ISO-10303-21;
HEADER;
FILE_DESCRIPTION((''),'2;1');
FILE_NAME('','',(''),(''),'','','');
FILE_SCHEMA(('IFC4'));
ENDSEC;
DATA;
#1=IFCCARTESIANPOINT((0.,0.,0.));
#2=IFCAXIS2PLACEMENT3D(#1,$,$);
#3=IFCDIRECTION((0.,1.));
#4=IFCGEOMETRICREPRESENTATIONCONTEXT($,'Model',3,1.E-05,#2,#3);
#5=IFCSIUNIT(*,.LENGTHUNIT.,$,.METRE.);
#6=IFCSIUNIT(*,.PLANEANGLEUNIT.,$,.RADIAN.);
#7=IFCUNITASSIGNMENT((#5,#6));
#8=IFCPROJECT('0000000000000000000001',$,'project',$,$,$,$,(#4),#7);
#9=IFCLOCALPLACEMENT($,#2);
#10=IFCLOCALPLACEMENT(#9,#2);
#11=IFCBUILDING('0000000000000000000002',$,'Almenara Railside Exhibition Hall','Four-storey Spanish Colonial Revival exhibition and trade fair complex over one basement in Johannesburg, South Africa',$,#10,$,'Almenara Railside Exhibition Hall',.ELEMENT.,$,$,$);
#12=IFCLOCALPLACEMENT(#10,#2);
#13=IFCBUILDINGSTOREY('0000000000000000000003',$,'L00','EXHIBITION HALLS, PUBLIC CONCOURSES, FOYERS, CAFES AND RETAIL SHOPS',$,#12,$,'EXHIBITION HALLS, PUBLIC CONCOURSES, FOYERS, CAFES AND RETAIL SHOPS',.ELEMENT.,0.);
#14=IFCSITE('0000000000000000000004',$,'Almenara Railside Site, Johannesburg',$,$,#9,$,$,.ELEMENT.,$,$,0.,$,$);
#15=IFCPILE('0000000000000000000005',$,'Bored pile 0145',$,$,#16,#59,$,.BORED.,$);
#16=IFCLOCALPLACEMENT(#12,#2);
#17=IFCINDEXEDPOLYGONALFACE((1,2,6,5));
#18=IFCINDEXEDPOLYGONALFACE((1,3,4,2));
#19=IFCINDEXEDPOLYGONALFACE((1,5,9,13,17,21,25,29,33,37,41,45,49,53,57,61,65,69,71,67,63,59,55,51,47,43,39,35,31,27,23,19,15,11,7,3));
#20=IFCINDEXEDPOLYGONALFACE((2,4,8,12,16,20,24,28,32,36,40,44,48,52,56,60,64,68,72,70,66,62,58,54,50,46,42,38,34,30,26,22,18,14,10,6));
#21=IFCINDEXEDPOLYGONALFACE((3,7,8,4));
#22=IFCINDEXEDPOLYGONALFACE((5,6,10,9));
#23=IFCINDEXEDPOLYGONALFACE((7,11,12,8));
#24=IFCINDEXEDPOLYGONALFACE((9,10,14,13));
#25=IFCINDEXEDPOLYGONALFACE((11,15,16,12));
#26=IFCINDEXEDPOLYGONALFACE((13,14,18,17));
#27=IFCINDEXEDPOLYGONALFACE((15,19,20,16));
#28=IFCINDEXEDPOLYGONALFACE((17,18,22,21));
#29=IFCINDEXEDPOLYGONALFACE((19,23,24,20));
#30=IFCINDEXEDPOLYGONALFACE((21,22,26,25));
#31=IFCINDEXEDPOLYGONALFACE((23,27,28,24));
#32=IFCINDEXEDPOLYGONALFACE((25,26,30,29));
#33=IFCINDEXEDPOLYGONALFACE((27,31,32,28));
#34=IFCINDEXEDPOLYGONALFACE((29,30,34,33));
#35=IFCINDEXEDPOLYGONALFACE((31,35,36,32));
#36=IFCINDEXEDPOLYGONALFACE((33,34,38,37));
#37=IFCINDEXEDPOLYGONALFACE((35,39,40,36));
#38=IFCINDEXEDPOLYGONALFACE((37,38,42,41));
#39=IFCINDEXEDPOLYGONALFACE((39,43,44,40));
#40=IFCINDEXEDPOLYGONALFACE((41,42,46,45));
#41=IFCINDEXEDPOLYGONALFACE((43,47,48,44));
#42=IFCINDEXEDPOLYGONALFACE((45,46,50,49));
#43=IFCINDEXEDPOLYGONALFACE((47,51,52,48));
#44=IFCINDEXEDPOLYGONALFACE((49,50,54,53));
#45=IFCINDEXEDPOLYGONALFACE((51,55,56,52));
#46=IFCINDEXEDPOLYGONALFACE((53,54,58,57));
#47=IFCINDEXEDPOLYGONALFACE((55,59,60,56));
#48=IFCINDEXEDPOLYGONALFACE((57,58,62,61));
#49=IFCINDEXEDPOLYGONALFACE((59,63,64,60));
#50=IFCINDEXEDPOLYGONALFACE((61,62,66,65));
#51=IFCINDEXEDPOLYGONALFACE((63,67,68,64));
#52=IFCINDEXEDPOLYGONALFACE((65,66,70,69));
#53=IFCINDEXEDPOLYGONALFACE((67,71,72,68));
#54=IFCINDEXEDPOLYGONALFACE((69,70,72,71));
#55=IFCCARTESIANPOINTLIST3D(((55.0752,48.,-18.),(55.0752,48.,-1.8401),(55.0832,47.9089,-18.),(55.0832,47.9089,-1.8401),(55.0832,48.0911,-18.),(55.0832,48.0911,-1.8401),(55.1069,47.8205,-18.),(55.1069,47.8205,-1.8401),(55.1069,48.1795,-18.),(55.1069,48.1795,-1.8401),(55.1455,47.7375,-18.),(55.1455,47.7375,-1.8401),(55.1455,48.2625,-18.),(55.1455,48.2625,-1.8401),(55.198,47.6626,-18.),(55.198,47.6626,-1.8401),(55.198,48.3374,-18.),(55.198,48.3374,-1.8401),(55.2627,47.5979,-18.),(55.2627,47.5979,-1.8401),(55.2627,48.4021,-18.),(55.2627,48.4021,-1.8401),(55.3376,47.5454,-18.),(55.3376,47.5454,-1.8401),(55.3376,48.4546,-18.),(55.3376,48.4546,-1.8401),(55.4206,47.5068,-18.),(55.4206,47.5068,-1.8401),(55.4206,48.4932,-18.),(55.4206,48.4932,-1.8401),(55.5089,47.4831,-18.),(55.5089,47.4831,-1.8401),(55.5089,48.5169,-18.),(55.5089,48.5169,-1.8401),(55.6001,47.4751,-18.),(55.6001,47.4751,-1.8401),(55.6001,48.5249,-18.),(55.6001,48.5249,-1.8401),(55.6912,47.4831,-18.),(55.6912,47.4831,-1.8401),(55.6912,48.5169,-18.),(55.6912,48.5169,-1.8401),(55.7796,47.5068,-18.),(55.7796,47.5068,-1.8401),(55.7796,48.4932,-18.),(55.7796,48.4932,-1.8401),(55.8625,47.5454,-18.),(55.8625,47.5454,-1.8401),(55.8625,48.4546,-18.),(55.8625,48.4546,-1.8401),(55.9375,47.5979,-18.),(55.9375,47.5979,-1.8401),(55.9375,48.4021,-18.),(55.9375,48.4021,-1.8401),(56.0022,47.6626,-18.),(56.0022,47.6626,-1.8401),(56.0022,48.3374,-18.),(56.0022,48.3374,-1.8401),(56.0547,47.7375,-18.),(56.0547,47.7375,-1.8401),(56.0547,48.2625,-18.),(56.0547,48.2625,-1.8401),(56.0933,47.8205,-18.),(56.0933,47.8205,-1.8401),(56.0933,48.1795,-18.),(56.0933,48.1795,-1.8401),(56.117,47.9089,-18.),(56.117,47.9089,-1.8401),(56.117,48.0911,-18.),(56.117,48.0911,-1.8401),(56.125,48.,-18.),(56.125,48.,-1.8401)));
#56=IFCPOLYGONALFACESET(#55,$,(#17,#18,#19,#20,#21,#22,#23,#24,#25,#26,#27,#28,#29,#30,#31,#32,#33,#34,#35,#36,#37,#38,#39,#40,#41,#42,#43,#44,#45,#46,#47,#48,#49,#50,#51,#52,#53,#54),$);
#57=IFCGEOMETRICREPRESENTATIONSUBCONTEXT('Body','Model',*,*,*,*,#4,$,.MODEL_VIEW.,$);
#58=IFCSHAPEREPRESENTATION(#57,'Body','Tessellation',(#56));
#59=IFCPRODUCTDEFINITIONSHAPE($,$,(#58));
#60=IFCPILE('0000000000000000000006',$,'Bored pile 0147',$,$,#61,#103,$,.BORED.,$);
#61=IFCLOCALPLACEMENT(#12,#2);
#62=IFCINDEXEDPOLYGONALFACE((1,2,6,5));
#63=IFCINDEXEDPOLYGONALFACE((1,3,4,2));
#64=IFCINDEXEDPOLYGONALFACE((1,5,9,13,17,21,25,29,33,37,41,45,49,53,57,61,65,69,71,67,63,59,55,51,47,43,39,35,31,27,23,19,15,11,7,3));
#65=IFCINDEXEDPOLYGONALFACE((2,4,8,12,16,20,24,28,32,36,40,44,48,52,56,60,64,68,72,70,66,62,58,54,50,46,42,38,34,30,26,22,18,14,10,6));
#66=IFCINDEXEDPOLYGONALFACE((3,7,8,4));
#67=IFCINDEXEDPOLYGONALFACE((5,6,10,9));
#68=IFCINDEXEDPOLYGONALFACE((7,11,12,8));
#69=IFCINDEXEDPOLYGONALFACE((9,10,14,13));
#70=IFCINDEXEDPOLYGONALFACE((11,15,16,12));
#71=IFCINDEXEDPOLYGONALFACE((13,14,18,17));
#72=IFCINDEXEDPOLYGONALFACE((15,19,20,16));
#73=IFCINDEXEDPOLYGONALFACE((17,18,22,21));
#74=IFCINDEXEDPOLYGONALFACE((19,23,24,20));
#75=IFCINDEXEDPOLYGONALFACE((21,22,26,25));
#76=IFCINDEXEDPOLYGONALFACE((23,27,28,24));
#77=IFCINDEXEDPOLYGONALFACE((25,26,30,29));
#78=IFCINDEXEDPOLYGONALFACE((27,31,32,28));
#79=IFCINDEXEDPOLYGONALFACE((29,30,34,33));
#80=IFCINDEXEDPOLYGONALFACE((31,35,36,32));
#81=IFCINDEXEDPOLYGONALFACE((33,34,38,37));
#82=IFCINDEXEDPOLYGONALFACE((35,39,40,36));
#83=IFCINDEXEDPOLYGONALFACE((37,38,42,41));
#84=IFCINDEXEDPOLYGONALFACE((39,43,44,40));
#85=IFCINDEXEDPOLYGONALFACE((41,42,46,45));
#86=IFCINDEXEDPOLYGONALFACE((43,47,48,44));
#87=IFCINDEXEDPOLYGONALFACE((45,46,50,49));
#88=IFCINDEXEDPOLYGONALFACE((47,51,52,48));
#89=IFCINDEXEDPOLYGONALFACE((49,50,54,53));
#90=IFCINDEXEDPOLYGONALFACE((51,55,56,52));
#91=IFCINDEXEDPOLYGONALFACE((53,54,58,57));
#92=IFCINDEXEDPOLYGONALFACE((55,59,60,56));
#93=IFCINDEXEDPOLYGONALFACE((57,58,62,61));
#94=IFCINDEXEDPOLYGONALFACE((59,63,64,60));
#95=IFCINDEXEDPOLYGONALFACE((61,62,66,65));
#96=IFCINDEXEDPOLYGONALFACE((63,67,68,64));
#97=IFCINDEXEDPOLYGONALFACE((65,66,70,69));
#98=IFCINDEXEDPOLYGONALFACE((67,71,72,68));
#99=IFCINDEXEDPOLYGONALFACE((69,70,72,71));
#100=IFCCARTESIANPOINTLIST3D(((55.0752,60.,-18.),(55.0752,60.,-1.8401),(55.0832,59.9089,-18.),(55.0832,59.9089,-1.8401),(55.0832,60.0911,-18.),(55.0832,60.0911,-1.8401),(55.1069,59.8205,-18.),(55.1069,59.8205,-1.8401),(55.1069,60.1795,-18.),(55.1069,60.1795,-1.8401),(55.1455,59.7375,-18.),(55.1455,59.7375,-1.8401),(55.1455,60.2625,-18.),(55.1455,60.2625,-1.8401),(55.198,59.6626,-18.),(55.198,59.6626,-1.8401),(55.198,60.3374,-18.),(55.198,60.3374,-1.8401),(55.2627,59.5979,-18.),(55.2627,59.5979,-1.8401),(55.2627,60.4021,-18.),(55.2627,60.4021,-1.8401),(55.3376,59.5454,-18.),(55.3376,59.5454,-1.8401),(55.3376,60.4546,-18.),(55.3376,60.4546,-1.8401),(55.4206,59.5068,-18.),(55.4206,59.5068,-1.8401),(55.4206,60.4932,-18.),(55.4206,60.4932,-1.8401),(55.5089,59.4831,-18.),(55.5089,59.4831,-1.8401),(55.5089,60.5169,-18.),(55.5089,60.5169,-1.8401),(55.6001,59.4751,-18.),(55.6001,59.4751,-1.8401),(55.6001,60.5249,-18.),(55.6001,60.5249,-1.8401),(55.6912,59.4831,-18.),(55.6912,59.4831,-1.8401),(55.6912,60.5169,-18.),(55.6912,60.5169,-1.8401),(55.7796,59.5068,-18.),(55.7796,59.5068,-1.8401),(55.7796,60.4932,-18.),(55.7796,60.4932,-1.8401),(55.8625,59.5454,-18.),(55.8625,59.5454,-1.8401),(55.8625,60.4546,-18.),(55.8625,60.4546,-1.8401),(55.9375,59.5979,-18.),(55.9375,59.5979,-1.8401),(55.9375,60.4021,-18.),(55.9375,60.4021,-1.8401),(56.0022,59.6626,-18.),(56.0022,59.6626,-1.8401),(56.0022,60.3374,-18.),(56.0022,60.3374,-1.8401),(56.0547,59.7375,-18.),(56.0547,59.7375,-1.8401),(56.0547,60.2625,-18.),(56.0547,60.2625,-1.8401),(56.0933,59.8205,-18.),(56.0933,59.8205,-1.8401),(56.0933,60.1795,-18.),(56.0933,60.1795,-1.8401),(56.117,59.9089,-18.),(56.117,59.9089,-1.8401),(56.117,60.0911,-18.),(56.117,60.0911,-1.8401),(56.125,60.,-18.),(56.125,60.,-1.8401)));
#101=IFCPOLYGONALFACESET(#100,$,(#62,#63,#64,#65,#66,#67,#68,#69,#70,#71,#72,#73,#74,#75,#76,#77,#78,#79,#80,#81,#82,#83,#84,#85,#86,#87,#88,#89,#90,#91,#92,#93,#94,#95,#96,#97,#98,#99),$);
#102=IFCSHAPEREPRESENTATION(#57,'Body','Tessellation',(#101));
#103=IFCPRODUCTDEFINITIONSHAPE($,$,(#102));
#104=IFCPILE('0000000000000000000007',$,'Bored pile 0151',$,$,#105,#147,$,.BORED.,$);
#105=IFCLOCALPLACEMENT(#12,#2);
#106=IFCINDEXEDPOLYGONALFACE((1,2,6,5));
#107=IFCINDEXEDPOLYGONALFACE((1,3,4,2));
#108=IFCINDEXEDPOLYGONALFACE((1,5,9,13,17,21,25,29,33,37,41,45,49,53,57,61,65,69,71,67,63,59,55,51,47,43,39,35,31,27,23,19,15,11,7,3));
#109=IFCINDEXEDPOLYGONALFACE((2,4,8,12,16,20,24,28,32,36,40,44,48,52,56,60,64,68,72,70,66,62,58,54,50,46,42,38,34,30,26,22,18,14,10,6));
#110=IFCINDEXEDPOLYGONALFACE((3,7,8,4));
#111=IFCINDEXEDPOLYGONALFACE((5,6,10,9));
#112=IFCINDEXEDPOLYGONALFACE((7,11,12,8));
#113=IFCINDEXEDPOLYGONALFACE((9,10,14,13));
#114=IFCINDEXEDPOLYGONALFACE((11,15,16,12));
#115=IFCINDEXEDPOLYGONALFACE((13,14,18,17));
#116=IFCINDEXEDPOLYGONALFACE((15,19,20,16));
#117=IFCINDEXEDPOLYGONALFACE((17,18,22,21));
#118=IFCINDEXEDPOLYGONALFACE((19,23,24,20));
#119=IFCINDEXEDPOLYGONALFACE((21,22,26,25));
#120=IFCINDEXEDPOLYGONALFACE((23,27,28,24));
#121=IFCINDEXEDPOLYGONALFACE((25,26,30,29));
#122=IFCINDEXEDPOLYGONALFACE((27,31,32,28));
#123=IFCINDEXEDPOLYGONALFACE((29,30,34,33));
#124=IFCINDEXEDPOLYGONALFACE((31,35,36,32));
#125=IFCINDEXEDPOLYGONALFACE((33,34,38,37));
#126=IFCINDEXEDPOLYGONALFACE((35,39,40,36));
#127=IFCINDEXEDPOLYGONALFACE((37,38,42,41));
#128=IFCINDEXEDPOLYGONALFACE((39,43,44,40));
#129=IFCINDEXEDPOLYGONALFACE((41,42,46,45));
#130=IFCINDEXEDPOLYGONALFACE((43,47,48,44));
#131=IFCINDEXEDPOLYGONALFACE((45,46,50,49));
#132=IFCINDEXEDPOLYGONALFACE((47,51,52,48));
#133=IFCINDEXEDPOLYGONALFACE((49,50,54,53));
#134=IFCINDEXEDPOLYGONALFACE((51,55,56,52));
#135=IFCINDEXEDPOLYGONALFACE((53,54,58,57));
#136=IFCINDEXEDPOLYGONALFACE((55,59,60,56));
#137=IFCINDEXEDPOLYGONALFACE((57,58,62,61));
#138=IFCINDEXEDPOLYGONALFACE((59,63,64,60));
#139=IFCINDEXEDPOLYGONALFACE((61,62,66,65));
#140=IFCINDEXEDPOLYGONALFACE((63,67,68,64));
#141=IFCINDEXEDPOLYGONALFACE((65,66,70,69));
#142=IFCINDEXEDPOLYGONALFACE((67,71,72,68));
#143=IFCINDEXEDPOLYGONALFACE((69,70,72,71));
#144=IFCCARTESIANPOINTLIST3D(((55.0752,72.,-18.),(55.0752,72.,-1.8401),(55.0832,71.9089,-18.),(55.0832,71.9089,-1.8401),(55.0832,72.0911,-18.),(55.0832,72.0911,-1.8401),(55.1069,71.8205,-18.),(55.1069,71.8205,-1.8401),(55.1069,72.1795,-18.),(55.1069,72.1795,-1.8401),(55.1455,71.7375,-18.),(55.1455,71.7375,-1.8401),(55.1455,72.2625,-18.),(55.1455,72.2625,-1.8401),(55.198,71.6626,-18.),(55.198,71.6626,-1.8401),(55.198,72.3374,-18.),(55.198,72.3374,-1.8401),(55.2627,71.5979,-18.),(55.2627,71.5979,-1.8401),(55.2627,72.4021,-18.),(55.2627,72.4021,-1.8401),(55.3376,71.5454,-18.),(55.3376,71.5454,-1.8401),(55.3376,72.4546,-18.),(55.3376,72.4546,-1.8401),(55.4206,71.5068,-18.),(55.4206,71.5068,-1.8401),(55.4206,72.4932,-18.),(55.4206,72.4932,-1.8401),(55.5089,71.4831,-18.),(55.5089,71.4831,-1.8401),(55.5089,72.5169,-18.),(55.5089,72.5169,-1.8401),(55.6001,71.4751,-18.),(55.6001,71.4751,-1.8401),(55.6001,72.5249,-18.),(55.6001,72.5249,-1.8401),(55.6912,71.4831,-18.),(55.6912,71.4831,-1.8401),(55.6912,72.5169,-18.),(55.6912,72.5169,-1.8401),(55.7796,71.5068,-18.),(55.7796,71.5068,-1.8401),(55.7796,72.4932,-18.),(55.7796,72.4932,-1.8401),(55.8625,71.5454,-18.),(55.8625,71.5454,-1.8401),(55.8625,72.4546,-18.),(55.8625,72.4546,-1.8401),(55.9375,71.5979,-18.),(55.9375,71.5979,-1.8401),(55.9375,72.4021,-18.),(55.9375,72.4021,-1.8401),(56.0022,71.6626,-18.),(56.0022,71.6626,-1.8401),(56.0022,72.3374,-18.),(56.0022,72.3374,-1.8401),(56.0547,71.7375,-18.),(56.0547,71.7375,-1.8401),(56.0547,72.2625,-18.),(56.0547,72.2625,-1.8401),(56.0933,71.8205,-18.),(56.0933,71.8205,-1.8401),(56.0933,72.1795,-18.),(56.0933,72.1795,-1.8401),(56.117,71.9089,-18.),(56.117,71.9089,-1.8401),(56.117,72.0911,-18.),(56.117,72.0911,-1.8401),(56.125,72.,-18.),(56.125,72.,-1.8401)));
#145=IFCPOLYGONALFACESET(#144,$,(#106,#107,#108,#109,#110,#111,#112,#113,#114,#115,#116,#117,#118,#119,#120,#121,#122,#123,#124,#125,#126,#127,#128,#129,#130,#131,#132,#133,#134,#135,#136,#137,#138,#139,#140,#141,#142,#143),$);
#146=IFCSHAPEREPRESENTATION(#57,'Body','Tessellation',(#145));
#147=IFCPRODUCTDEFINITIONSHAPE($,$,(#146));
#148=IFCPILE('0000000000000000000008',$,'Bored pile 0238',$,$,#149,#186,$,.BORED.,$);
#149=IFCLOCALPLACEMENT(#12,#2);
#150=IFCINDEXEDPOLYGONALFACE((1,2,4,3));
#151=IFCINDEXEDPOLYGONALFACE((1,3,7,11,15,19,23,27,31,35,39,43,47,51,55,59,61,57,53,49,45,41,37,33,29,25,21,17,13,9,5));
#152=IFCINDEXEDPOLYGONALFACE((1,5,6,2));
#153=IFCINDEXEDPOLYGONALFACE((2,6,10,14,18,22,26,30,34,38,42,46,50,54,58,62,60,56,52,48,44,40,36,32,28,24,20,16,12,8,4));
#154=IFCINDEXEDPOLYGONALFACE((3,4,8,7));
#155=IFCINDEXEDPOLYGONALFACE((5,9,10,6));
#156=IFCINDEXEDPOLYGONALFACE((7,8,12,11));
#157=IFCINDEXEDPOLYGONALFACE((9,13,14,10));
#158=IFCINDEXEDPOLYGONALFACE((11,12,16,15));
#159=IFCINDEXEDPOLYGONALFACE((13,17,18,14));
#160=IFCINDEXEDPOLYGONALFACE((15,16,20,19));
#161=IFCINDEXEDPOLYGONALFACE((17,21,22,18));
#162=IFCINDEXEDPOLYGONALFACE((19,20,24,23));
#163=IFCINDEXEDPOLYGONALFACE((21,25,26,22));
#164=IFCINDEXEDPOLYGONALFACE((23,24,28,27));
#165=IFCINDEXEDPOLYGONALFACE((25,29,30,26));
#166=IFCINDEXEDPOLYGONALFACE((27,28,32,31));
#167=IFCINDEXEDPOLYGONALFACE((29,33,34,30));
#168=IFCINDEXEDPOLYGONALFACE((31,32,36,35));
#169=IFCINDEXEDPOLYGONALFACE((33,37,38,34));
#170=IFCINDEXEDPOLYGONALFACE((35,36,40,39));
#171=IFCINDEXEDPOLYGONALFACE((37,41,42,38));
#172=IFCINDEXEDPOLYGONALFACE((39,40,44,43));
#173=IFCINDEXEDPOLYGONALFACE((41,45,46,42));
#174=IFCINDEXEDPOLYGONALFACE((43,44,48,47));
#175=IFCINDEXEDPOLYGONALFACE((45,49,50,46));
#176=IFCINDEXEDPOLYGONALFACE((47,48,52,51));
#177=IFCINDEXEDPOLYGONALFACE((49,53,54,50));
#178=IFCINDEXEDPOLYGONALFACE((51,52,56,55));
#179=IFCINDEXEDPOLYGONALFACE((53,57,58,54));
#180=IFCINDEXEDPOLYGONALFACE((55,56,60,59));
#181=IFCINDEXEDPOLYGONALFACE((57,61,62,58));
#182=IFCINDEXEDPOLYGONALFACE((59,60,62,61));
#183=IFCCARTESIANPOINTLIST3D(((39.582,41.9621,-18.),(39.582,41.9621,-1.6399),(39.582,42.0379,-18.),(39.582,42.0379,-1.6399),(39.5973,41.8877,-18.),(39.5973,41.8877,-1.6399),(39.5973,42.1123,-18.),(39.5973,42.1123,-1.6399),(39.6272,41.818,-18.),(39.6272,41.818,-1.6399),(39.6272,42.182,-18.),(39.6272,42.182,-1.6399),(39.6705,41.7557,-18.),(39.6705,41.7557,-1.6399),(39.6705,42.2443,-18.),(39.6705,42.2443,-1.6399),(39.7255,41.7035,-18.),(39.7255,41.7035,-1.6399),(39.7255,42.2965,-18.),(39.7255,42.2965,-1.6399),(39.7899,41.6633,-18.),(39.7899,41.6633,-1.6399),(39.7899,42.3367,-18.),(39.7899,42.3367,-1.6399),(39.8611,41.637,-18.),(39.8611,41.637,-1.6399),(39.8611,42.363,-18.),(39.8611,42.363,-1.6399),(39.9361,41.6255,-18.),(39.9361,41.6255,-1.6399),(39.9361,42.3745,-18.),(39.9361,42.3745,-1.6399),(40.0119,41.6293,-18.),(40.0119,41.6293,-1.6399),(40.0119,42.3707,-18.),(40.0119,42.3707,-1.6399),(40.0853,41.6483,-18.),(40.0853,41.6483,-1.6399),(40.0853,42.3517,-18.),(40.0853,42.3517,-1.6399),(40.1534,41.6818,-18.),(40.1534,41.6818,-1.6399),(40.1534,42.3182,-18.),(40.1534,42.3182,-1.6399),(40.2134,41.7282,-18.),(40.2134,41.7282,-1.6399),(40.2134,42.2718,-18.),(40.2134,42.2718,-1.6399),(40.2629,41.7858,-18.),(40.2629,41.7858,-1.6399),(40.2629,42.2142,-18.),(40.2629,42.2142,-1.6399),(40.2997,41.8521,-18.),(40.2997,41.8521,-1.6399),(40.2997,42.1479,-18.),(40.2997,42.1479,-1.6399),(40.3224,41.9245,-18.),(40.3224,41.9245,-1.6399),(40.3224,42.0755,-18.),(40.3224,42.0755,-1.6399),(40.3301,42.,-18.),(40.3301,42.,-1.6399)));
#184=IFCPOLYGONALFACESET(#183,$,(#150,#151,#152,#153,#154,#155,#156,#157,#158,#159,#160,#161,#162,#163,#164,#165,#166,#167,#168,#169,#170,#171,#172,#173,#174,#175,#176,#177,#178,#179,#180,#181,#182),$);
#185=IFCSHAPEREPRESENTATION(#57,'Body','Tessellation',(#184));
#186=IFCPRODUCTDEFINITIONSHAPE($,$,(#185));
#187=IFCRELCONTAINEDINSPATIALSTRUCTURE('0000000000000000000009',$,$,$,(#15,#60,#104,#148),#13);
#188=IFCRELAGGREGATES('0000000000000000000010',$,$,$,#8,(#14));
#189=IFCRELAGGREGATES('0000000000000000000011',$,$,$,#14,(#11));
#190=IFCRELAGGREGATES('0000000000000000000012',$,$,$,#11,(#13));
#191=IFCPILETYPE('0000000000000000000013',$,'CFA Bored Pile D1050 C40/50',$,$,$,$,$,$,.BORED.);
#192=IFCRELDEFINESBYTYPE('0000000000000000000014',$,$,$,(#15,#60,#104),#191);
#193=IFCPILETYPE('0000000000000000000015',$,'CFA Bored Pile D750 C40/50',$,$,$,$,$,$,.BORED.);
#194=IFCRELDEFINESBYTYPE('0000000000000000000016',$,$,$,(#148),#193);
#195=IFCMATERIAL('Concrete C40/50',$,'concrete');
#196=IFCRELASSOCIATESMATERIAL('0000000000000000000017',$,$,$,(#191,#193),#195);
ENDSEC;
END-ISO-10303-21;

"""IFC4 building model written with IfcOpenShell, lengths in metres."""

from ifc_helpers import new_model, si_unit, direction, frame, origin, origin_2d, place, context, subcontext, project, spatial, circle, extrude, material, material_profile, profile_set, type_object, element, save


model = new_model("IFC4")

# Units and contexts
model_context = context("Model", 3, precision=1e-05, world=origin(), true_north=direction((0.0, 1.0)))
body_context = subcontext(model_context, "Body", "Model", "MODEL_VIEW")
ifc_project = project(units=[si_unit("LENGTHUNIT", "METRE"), si_unit("PLANEANGLEUNIT", "RADIAN")], contexts=[model_context])

# Site, building, storey
site_placement = place(None, origin())
site = spatial("IfcSite", under=ifc_project, at=site_placement, Name="Almenara Railside Site, Johannesburg", CompositionType="ELEMENT", RefElevation=0.0)
building_placement = place(site_placement, origin())
building = spatial("IfcBuilding", under=site, at=building_placement, Name="Almenara Railside Exhibition Hall", Description="Four-storey Spanish Colonial Revival exhibition and trade fair complex over one basement in Johannesburg, South Africa", LongName="Almenara Railside Exhibition Hall", CompositionType="ELEMENT")
storey_placement = place(building_placement, origin())
storey = spatial("IfcBuildingStorey", under=building, at=storey_placement, Name="L00", Description="EXHIBITION HALLS, PUBLIC CONCOURSES, FOYERS, CAFES AND RETAIL SHOPS", LongName="EXHIBITION HALLS, PUBLIC CONCOURSES, FOYERS, CAFES AND RETAIL SHOPS", CompositionType="ELEMENT", Elevation=0.0)

# Piles
ifc_material_1 = material(Name="Concrete C40/50", Category="concrete")
ifc_material_profile_1 = material_profile(ifc_material_1, circle(Radius=0.5249, at=origin_2d()), Name="CFA-PILE D1050")
ifc_profile_set_1 = profile_set([ifc_material_profile_1], Name="Concrete C40/50")
pile_type_1 = type_object("IfcPileType", Name="CFA Bored Pile D1050 C40/50", PredefinedType="BORED", material=ifc_profile_set_1)
for number, where, z_axis, x_axis, name in (
    (1, (55.6001, 48.0, -1.8401), (0.0, 0.0, -1.0), (1.0, 0.0, 0.0), "Bored pile 0145"),
    (2, (55.6001, 60.0, -1.8401), (0.0, 0.0, -1.0), (1.0, 0.0, 0.0), "Bored pile 0147"),
    (3, (55.6001, 72.0, -1.8401), (0.0, 0.0, -1.0), (1.0, 0.0, 0.0), "Bored pile 0151"),
):
    element("IfcPile", number, at=place(storey_placement, frame(where, z_axis=z_axis, x_axis=x_axis)), inside=storey, type_object=pile_type_1, Name=name, PredefinedType="BORED", context=body_context, shape_type="SweptSolid", body=[
        extrude(circle(Radius=0.5249, at=origin_2d()), origin(), (0.0, 0.0, 1.0), 16.1599),
    ])
ifc_material_profile_2 = material_profile(ifc_material_1, circle(Radius=0.375, at=origin_2d()), Name="CFA-PILE D750")
ifc_profile_set_2 = profile_set([ifc_material_profile_2], Name="Concrete C40/50")
pile_type_2 = type_object("IfcPileType", Name="CFA Bored Pile D750 C40/50", PredefinedType="BORED", material=ifc_profile_set_2)
for number, where, z_axis, x_axis, name in (
    (4, (39.9551, 42.0, -1.6399), (0.0, 0.0, -1.0), (1.0, 0.0, 0.0), "Bored pile 0238"),
):
    element("IfcPile", number, at=place(storey_placement, frame(where, z_axis=z_axis, x_axis=x_axis)), inside=storey, type_object=pile_type_2, Name=name, PredefinedType="BORED", context=body_context, shape_type="SweptSolid", body=[
        extrude(circle(Radius=0.375, at=origin_2d()), origin(), (0.0, 0.0, 1.0), 16.3601),
    ])

save(model, "model.ifc")
